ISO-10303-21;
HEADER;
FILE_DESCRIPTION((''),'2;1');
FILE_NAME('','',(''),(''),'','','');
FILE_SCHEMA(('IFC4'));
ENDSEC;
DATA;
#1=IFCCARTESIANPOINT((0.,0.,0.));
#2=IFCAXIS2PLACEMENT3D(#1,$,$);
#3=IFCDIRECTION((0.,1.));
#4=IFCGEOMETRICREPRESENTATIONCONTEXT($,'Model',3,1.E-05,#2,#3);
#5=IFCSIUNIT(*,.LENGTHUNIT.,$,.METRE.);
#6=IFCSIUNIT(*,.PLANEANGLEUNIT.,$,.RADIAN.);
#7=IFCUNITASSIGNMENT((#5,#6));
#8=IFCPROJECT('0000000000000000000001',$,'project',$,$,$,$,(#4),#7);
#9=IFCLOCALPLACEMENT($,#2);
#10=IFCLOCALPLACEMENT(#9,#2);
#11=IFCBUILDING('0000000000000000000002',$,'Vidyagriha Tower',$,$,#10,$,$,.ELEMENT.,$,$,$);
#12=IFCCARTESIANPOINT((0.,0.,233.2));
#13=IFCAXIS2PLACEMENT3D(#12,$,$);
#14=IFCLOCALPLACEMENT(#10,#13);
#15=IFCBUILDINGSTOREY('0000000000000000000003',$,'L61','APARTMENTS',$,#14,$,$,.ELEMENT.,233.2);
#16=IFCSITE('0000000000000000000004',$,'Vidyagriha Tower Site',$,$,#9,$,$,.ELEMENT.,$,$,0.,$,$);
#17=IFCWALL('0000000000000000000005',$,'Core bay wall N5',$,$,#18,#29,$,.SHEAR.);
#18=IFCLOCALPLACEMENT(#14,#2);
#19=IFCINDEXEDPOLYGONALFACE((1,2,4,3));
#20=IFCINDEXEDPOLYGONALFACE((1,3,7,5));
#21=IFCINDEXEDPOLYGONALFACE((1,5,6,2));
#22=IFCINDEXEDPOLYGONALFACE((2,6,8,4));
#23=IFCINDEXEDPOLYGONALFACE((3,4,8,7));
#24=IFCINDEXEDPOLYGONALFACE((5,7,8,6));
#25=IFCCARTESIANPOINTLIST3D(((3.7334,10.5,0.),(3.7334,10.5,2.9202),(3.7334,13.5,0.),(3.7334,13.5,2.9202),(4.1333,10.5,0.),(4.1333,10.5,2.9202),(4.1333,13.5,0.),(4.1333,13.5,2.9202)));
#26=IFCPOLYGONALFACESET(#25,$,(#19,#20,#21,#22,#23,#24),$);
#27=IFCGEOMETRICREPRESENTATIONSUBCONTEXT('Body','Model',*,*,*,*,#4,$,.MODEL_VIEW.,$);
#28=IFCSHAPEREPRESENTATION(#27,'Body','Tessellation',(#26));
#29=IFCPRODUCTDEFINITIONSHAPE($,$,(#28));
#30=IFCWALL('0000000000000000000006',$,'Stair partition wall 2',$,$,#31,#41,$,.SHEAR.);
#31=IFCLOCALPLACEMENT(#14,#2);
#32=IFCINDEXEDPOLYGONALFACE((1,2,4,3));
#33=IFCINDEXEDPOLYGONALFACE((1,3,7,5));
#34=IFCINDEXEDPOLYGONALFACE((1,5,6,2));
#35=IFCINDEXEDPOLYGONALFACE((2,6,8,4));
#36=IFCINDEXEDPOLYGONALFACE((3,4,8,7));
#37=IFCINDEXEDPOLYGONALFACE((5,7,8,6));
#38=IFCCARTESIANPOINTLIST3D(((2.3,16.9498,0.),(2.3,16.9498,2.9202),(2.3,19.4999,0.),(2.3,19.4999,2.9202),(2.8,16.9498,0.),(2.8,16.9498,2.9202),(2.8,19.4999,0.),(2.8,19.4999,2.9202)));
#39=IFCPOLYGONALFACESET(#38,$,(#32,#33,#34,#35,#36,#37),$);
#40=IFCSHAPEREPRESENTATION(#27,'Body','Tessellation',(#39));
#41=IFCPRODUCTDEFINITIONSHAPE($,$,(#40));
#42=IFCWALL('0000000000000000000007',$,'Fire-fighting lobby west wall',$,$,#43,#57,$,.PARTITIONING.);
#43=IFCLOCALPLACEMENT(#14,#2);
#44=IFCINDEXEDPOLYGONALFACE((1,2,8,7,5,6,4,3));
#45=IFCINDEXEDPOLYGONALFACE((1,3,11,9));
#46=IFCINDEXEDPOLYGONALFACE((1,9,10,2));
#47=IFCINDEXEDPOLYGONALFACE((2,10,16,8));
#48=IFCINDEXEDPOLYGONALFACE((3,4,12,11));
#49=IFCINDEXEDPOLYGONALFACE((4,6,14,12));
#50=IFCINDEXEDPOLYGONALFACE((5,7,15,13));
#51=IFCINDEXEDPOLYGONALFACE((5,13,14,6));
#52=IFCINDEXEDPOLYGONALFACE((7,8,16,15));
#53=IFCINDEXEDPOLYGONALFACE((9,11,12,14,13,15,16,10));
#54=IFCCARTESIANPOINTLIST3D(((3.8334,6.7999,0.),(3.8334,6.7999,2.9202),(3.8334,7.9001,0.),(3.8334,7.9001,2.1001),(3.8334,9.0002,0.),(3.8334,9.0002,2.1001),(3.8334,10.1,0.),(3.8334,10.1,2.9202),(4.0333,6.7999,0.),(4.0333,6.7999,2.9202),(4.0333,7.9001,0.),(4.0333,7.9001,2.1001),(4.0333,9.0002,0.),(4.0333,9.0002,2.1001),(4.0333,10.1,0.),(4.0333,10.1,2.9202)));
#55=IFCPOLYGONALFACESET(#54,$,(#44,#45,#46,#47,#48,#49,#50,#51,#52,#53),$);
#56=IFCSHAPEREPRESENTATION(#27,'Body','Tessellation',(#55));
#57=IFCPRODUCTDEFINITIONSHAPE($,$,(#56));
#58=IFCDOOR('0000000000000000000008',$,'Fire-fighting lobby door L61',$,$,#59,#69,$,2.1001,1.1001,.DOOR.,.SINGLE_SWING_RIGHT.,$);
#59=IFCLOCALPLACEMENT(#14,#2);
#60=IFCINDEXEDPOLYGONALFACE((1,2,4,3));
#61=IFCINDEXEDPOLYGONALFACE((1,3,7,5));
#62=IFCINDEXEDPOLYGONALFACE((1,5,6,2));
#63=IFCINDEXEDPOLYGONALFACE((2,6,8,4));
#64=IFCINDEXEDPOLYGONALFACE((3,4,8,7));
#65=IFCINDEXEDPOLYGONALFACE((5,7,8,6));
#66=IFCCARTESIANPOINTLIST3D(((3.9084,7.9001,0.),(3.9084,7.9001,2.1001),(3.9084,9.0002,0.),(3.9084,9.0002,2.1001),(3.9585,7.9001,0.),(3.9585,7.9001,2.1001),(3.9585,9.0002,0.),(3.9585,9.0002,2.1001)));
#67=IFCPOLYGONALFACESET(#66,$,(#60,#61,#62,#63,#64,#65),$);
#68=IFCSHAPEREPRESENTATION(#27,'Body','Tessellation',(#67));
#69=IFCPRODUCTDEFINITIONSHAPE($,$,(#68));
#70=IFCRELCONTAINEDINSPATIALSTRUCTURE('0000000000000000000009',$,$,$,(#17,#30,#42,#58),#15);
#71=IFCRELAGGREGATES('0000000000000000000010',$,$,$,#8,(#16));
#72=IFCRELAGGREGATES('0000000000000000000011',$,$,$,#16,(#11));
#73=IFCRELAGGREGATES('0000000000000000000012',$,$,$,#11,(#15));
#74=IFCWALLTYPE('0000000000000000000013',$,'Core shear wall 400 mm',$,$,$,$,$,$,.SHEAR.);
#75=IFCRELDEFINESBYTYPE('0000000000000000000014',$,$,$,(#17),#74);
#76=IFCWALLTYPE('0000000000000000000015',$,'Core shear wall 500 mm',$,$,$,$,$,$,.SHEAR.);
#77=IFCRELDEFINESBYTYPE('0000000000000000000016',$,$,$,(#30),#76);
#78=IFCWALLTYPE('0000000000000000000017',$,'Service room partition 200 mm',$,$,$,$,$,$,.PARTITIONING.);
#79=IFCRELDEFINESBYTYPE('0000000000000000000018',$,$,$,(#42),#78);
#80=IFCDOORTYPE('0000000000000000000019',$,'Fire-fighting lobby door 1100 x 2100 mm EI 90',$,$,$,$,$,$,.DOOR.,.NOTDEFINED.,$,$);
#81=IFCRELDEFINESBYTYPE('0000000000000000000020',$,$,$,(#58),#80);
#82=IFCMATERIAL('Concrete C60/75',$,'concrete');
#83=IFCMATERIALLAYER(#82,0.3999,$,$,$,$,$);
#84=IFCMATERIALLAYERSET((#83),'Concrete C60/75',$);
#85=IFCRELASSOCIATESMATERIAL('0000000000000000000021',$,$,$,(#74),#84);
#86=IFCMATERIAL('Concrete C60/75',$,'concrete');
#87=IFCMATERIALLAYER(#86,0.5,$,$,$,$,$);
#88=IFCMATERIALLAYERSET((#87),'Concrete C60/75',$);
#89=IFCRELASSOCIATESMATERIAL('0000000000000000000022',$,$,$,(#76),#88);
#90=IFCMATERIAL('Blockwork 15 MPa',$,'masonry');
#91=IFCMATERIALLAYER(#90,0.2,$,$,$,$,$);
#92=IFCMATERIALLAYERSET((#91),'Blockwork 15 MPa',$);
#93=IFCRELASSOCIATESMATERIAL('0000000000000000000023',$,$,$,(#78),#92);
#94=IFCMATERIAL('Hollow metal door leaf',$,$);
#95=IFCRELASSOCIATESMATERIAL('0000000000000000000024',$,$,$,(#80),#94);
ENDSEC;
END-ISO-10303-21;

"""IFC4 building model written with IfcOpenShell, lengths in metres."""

from ifc_helpers import new_model, si_unit, direction, frame, frame_2d, origin, place, context, subcontext, project, spatial, rectangle, extrude, material, layer, layer_set, type_object, element, fill, save


model = new_model("IFC4")

# Units and contexts
model_context = context("Model", 3, precision=1e-05, world=origin(), true_north=direction((0.0, 1.0)))
body_context = subcontext(model_context, "Body", "Model", "MODEL_VIEW")
ifc_project = project(units=[si_unit("LENGTHUNIT", "METRE"), si_unit("PLANEANGLEUNIT", "RADIAN")], contexts=[model_context])

# Site, building, storey
site_placement = place(None, origin())
site = spatial("IfcSite", under=ifc_project, at=site_placement, Name="Vidyagriha Tower Site", CompositionType="ELEMENT", RefElevation=0.0)
building_placement = place(site_placement, origin())
building = spatial("IfcBuilding", under=site, at=building_placement, Name="Vidyagriha Tower", CompositionType="ELEMENT")
storey_placement = place(building_placement, frame((0.0, 0.0, 233.2)))
storey = spatial("IfcBuildingStorey", under=building, at=storey_placement, Name="L61", Description="APARTMENTS", CompositionType="ELEMENT", Elevation=233.2)

# Shared definitions
ifc_material_1 = material(Name="Concrete C60/75", Category="concrete")
ifc_layer_1 = layer(ifc_material_1, 0.3999)
ifc_layer_set_1 = layer_set([ifc_layer_1], Name="Concrete C60/75")
wall_type_1 = type_object("IfcWallType", Name="Core shear wall 400 mm", PredefinedType="SHEAR", material=ifc_layer_set_1)

# Walls
for number, where, z_axis, x_axis, name in (
    (1, (3.9333, 10.5, 0.0), (0.0, 0.0, 1.0), (0.0, 1.0, 0.0), "Core bay wall N5"),
):
    element("IfcWall", number, at=place(storey_placement, frame(where, z_axis=z_axis, x_axis=x_axis)), inside=storey, type_object=wall_type_1, Name=name, PredefinedType="SHEAR", context=body_context, shape_type="SweptSolid", body=[
        extrude(rectangle(XDim=3.0, YDim=0.3999, at=frame_2d((1.5, 0.0))), origin(), (0.0, 0.0, 1.0), 2.9202),
    ])
ifc_material_2 = material(Name="Concrete C60/75", Category="concrete")
ifc_layer_2 = layer(ifc_material_2, 0.5)
ifc_layer_set_2 = layer_set([ifc_layer_2], Name="Concrete C60/75")
wall_type_2 = type_object("IfcWallType", Name="Core shear wall 500 mm", PredefinedType="SHEAR", material=ifc_layer_set_2)
wall_1_placement = place(storey_placement, frame((2.55, 16.95, 0.0), z_axis=(0.0, 0.0, 1.0), x_axis=(0.0, 1.0, 0.0)))
element("IfcWall", 2, at=wall_1_placement, inside=storey, type_object=wall_type_2, Name="Stair partition wall 2", PredefinedType="SHEAR", context=body_context, shape_type="SweptSolid", body=[
    extrude(rectangle(XDim=2.55, YDim=0.5, at=frame_2d((1.2749, 0.0))), origin(), (0.0, 0.0, 1.0), 2.9202),
])

# Wall, opening, door
ifc_material_3 = material(Name="Blockwork 15 MPa", Category="masonry")
ifc_layer_3 = layer(ifc_material_3, 0.2)
ifc_layer_set_3 = layer_set([ifc_layer_3], Name="Blockwork 15 MPa")
wall_type_3 = type_object("IfcWallType", Name="Service room partition 200 mm", PredefinedType="PARTITIONING", material=ifc_layer_set_3)
wall_2_placement = place(storey_placement, frame((3.9333, 6.8, 0.0), z_axis=(0.0, 0.0, 1.0), x_axis=(0.0, 1.0, 0.0)))
wall_2 = element("IfcWall", 3, at=wall_2_placement, inside=storey, type_object=wall_type_3, Name="Fire-fighting lobby west wall", PredefinedType="PARTITIONING", context=body_context, shape_type="SweptSolid", body=[
    extrude(rectangle(XDim=3.3, YDim=0.2, at=frame_2d((1.6499, 0.0))), origin(), (0.0, 0.0, 1.0), 2.9202),
])
opening_1_placement = place(wall_2_placement, frame((1.1001, 0.0, 0.0)))
opening_1 = element("IfcOpeningElement", 4, at=opening_1_placement, cuts=wall_2, PredefinedType="OPENING", context=body_context, shape_type="SweptSolid", body=[
    extrude(rectangle(XDim=1.1001, YDim=2.1001, at=frame_2d((0.55, 1.05))), frame((0.0, 0.1099, 0.0), z_axis=(0.0, -1.0, 0.0), x_axis=(1.0, 0.0, 0.0)), (0.0, 0.0, 1.0), 0.22),
])
ifc_material_4 = material(Name="Hollow metal door leaf")
door_type_1 = type_object("IfcDoorType", Name="Fire-fighting lobby door 1100 x 2100 mm EI 90", OperationType="NOTDEFINED", PredefinedType="DOOR", material=ifc_material_4)
door_1_placement = place(opening_1_placement, origin())
door_1 = element("IfcDoor", 5, at=door_1_placement, inside=storey, type_object=door_type_1, Name="Fire-fighting lobby door L61", OperationType="SINGLE_SWING_RIGHT", OverallHeight=2.1001, OverallWidth=1.1001, PredefinedType="DOOR", context=body_context, shape_type="SweptSolid", body=[
    extrude(rectangle(XDim=1.1001, YDim=2.1001, at=frame_2d((0.55, 1.05))), frame((0.0, 0.0249, 0.0), z_axis=(0.0, -1.0, 0.0), x_axis=(1.0, 0.0, 0.0)), (0.0, 0.0, 1.0), 0.05),
])
fill(opening_1, door_1)

save(model, "model.ifc")
